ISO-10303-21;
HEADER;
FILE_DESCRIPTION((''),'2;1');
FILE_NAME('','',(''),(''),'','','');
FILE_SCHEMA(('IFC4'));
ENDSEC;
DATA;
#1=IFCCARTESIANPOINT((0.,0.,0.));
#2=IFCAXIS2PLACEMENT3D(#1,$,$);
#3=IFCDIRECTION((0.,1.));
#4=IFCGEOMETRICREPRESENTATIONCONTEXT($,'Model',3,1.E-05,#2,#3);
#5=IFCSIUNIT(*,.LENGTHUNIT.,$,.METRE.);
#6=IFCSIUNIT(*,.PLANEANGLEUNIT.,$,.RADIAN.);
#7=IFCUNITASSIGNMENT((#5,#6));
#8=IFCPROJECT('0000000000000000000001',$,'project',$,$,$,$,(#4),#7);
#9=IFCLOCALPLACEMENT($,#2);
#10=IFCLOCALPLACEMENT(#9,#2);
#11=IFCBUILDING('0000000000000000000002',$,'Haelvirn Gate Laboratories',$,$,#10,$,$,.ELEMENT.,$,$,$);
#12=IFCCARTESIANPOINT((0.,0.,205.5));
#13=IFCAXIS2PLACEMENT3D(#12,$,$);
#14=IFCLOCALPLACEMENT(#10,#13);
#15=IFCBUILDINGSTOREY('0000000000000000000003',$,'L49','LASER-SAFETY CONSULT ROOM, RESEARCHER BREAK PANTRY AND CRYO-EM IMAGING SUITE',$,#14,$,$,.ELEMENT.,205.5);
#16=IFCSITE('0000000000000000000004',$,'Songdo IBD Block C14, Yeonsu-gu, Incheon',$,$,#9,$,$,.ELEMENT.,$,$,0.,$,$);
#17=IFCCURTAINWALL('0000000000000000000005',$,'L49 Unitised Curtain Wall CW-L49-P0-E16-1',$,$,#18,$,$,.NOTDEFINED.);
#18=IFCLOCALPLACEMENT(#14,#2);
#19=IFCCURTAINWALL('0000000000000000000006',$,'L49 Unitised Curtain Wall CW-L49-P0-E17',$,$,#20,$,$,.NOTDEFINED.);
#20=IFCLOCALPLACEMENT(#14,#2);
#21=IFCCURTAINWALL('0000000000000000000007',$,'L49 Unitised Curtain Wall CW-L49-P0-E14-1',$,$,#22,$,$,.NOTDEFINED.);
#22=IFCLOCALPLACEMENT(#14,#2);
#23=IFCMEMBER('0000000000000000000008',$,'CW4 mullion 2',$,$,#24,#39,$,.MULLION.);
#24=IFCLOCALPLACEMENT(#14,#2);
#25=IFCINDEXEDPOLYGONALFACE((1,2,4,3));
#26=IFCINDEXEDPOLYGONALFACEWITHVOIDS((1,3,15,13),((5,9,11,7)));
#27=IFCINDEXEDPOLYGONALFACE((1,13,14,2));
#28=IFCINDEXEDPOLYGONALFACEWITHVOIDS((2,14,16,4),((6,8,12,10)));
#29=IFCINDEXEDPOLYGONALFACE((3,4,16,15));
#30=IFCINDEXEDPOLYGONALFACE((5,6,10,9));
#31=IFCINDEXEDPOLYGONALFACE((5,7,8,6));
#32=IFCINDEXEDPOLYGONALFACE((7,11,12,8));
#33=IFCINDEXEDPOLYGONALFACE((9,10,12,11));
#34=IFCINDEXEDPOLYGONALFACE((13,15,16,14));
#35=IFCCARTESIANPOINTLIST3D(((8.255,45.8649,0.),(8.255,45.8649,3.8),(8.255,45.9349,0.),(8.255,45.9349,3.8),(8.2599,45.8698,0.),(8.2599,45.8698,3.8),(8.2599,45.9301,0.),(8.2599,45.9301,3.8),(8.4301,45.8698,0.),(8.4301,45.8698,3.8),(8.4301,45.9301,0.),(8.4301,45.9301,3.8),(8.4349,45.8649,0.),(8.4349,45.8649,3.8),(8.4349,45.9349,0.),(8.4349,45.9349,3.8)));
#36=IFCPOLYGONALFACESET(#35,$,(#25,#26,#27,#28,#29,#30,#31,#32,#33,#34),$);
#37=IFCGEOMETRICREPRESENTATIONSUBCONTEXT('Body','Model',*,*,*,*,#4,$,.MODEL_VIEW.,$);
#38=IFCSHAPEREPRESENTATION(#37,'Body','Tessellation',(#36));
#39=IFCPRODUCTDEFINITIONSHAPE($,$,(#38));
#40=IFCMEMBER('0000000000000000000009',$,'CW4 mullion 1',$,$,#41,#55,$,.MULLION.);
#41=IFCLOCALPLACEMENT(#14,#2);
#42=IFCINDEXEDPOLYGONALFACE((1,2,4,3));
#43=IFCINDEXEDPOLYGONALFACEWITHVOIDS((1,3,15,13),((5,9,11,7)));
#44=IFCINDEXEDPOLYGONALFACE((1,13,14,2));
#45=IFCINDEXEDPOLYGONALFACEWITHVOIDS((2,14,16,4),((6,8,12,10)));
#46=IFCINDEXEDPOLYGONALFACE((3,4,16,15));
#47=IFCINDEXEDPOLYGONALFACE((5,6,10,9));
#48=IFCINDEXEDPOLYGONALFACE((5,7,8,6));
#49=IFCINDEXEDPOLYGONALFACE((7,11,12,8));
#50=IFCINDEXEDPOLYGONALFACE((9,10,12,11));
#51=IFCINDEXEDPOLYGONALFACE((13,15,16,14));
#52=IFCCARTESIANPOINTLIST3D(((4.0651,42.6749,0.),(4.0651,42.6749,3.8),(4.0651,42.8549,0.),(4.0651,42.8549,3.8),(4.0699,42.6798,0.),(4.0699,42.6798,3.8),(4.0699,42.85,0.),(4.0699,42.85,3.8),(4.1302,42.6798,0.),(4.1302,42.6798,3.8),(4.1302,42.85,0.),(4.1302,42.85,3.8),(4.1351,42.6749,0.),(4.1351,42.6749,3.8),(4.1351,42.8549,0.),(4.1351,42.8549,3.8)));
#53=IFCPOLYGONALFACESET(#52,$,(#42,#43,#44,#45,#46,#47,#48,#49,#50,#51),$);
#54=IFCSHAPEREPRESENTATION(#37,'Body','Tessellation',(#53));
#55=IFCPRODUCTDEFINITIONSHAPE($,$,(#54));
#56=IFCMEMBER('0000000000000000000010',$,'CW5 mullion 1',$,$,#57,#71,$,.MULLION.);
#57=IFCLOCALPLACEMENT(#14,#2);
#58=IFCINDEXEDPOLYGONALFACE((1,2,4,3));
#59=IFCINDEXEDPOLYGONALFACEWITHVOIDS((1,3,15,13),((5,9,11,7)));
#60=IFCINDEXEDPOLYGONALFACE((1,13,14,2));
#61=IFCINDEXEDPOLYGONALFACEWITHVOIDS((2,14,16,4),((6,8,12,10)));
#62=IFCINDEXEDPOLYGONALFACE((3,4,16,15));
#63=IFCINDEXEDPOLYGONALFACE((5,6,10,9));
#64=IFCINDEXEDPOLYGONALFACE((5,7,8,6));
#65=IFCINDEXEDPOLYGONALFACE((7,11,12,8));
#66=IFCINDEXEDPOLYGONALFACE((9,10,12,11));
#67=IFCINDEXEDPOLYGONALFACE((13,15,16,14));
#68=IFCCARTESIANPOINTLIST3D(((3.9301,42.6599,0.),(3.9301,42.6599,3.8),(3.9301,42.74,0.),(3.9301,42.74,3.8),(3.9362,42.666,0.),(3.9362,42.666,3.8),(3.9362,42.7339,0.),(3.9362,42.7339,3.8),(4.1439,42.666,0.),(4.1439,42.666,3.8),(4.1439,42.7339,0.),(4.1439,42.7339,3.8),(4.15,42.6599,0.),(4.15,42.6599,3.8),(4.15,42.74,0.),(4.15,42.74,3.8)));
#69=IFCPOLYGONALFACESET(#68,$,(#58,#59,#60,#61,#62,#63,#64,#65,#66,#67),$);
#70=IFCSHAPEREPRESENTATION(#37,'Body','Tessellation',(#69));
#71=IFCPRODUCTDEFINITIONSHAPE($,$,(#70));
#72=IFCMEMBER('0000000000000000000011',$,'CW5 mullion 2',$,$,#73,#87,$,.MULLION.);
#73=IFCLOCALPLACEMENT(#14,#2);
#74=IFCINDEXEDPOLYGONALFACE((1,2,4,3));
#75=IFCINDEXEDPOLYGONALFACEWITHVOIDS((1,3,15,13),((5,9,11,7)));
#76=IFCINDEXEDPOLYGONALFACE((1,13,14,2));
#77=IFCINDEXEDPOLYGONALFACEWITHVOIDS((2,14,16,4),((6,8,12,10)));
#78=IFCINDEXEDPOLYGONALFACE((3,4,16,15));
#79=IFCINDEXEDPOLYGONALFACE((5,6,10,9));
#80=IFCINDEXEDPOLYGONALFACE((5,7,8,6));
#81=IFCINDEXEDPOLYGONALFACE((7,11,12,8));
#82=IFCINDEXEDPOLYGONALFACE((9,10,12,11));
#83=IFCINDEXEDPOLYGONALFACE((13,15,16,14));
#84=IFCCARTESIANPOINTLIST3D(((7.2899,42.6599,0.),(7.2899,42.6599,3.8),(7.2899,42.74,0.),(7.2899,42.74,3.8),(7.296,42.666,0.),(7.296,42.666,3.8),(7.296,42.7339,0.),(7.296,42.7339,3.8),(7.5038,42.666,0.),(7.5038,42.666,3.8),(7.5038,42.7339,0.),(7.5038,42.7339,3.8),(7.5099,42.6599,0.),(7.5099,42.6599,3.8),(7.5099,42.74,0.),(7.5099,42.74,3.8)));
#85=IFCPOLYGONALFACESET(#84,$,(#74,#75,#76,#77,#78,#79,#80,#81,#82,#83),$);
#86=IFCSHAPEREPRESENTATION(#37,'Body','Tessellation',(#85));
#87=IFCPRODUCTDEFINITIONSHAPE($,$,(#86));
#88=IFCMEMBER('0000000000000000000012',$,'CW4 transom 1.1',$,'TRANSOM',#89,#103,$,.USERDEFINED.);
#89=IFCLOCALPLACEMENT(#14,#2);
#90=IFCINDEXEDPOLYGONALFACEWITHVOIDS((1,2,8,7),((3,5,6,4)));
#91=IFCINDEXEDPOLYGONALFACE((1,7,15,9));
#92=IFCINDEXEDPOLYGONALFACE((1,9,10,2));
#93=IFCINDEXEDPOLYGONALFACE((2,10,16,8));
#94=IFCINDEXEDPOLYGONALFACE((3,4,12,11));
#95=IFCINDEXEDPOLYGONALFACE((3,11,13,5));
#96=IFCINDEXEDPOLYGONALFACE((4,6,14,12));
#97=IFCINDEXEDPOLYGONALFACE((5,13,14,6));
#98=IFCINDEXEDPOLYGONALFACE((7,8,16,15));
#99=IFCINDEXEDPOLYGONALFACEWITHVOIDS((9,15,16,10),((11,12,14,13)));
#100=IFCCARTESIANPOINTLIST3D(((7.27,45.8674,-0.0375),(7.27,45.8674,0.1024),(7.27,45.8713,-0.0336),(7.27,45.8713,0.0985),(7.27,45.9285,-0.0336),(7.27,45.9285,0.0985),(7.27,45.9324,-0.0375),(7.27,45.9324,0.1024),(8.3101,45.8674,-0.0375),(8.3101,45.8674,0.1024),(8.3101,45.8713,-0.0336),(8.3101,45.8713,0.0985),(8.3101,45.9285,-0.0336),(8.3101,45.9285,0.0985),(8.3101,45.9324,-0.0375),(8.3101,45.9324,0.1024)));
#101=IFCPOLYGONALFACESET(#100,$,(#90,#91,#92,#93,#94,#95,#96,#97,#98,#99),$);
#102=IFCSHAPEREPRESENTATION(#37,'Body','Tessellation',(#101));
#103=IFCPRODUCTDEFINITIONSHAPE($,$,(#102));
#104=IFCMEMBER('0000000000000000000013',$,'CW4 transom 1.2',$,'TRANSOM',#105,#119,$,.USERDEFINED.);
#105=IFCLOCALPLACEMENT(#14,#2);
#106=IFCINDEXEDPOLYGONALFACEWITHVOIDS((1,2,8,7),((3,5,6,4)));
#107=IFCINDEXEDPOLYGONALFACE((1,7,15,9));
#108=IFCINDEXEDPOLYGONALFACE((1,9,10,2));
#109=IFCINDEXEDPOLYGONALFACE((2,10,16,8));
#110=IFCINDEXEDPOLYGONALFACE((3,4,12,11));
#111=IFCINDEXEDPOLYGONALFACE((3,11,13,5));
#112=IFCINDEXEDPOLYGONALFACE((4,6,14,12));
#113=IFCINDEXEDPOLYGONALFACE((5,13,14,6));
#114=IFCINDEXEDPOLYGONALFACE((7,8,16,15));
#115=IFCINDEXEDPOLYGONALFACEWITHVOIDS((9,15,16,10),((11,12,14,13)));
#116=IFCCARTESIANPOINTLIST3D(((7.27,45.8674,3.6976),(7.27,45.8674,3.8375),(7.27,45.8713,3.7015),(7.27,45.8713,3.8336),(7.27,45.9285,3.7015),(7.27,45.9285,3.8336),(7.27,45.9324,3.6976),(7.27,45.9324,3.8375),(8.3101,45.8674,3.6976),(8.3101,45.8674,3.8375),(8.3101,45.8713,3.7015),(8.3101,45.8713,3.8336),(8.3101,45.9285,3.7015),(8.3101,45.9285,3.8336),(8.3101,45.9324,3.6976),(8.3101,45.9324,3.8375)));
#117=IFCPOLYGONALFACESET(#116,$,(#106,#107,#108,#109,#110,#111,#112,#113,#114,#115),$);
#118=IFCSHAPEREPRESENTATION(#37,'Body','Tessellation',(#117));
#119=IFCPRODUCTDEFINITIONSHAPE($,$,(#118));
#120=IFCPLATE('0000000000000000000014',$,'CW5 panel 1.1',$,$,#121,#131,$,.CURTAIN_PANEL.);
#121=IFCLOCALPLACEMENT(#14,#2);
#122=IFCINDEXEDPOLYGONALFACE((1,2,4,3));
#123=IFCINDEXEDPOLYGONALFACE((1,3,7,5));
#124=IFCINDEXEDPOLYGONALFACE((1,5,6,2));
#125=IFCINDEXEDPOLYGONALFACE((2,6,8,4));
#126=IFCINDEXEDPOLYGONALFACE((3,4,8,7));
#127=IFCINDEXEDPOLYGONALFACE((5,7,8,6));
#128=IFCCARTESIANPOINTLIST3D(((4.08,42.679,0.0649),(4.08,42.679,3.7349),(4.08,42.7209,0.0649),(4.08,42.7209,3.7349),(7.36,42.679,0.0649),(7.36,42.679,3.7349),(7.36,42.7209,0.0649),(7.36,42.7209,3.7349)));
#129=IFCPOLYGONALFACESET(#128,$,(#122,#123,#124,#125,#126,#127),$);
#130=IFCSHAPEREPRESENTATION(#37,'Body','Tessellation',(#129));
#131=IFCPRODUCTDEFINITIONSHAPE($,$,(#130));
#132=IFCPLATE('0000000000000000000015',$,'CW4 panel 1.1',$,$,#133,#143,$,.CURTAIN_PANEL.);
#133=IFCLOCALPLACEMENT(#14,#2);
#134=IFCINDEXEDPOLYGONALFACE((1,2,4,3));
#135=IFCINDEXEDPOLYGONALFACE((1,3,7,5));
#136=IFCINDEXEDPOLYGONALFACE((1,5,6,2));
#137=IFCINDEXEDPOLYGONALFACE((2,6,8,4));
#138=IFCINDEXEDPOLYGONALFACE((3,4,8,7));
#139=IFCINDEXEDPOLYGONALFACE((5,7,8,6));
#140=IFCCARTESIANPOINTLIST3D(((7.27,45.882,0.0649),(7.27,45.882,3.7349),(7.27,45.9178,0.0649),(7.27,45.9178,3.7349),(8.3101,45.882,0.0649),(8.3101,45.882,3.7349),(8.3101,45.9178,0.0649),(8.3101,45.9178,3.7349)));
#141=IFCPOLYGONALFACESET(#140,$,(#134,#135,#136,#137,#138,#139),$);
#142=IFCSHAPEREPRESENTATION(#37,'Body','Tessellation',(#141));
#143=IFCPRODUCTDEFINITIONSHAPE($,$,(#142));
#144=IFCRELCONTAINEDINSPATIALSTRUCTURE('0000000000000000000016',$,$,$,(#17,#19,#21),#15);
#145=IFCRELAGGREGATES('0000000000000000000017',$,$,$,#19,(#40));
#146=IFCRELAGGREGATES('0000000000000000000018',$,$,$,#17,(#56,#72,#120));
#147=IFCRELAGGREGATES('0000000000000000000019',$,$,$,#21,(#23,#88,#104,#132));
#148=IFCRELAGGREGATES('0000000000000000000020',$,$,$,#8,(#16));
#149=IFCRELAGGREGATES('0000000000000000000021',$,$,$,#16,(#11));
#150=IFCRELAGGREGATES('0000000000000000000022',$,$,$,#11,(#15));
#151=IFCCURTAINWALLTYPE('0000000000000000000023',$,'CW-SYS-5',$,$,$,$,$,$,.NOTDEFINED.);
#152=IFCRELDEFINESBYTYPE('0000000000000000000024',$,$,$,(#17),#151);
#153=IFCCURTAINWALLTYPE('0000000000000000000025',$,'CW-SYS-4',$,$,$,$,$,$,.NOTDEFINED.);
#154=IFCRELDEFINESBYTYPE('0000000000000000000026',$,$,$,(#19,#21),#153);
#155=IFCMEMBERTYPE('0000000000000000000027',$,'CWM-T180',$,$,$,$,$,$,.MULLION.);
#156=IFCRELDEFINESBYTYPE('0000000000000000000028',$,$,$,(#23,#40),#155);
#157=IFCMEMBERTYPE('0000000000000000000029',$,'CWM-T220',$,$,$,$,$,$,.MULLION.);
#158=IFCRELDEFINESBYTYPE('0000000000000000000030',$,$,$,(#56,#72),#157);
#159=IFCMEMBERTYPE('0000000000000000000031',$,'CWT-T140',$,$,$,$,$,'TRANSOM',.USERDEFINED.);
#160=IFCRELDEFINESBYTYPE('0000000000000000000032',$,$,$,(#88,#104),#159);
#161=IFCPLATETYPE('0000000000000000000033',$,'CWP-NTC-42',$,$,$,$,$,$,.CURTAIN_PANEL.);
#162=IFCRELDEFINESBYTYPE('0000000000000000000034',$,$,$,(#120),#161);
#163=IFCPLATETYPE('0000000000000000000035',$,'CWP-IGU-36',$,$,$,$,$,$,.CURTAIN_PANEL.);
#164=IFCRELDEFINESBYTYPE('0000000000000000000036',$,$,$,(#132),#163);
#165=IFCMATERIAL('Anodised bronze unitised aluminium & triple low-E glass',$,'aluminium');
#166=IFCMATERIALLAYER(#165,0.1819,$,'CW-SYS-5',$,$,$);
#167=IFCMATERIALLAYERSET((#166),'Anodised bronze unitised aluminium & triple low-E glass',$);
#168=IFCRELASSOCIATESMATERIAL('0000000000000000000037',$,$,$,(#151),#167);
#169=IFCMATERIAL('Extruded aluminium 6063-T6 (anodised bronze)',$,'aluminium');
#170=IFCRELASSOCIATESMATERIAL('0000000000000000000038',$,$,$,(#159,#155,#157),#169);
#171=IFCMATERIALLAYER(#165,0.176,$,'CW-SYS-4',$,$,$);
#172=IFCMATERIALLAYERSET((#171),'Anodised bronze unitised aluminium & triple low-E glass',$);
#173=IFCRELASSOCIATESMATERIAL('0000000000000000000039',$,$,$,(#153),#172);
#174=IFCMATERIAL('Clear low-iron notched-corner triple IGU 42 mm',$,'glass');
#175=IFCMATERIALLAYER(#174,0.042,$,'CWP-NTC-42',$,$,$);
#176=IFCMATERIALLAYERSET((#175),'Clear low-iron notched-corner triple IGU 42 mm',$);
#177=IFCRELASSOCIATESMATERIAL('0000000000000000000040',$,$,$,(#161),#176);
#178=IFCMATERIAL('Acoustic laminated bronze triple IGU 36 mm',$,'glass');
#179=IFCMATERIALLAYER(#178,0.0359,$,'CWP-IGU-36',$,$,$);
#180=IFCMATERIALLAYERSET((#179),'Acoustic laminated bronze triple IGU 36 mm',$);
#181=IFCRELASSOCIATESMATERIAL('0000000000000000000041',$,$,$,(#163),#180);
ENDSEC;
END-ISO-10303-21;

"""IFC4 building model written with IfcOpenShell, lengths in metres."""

from ifc_helpers import new_model, si_unit, direction, frame, origin, origin_2d, place, context, subcontext, project, spatial, rectangle, hollow_rectangle, extrude, source, transform, mapped, material, layer, layer_set, material_profile, profile_set, type_object, type_shapes, element, aggregate, save


model = new_model("IFC4")

# Units and contexts
model_context = context("Model", 3, precision=1e-05, world=origin(), true_north=direction((0.0, 1.0)))
body_context = subcontext(model_context, "Body", "Model", "MODEL_VIEW")
ifc_project = project(units=[si_unit("LENGTHUNIT", "METRE"), si_unit("PLANEANGLEUNIT", "RADIAN")], contexts=[model_context])

# Site, building, storey
site_placement = place(None, origin())
site = spatial("IfcSite", under=ifc_project, at=site_placement, Name="Songdo IBD Block C14, Yeonsu-gu, Incheon", CompositionType="ELEMENT", RefElevation=0.0)
building_placement = place(site_placement, origin())
building = spatial("IfcBuilding", under=site, at=building_placement, Name="Haelvirn Gate Laboratories", CompositionType="ELEMENT")
storey_placement = place(building_placement, frame((0.0, 0.0, 205.5)))
storey = spatial("IfcBuildingStorey", under=building, at=storey_placement, Name="L49", Description="LASER-SAFETY CONSULT ROOM, RESEARCHER BREAK PANTRY AND CRYO-EM IMAGING SUITE", CompositionType="ELEMENT", Elevation=205.5)

# Curtain walls, member
ifc_material_1 = material(Name="Anodised bronze unitised aluminium & triple low-E glass", Category="aluminium")
ifc_layer_1 = layer(ifc_material_1, 0.1819, Name="CW-SYS-5")
ifc_layer_set_1 = layer_set([ifc_layer_1], Name="Anodised bronze unitised aluminium & triple low-E glass")
curtain_wall_type_1 = type_object("IfcCurtainWallType", Name="CW-SYS-5", PredefinedType="NOTDEFINED", material=ifc_layer_set_1)
curtain_wall_1_placement = place(storey_placement, origin())
curtain_wall_1 = element("IfcCurtainWall", 1, at=curtain_wall_1_placement, inside=storey, type_object=curtain_wall_type_1, Name="L49 Unitised Curtain Wall CW-L49-P0-E16-1", PredefinedType="NOTDEFINED")
ifc_material_2 = material(Name="Extruded aluminium 6063-T6 (anodised bronze)", Category="aluminium")
ifc_material_profile_1 = material_profile(ifc_material_2, hollow_rectangle(XDim=0.0649, YDim=0.1399, WallThickness=0.0039, at=origin_2d()), Name="CWT-140x65x4")
ifc_profile_set_1 = profile_set([ifc_material_profile_1], Name="Extruded aluminium 6063-T6 (anodised bronze)")
member_type_1 = type_object("IfcMemberType", Name="CWT-T140", ElementType="TRANSOM", PredefinedType="USERDEFINED", material=ifc_profile_set_1)
ifc_layer_2 = layer(ifc_material_1, 0.176, Name="CW-SYS-4")
ifc_layer_set_2 = layer_set([ifc_layer_2], Name="Anodised bronze unitised aluminium & triple low-E glass")
curtain_wall_type_2 = type_object("IfcCurtainWallType", Name="CW-SYS-4", PredefinedType="NOTDEFINED", material=ifc_layer_set_2)
curtain_wall_2_placement = place(storey_placement, origin())
curtain_wall_2 = element("IfcCurtainWall", 2, at=curtain_wall_2_placement, inside=storey, type_object=curtain_wall_type_2, Name="L49 Unitised Curtain Wall CW-L49-P0-E17", PredefinedType="NOTDEFINED")
curtain_wall_3_placement = place(storey_placement, origin())
curtain_wall_3 = element("IfcCurtainWall", 3, at=curtain_wall_3_placement, inside=storey, type_object=curtain_wall_type_2, Name="L49 Unitised Curtain Wall CW-L49-P0-E14-1", PredefinedType="NOTDEFINED")
ifc_material_profile_2 = material_profile(ifc_material_2, hollow_rectangle(XDim=0.0701, YDim=0.1799, WallThickness=0.0049, at=origin_2d()), Name="CWM-180x70x5")
ifc_profile_set_2 = profile_set([ifc_material_profile_2], Name="Extruded aluminium 6063-T6 (anodised bronze)")
member_type_2 = type_object("IfcMemberType", Name="CWM-T180", PredefinedType="MULLION", material=ifc_profile_set_2)
shared_shape_1 = source(origin(), body_context, "Body", "SweptSolid", [
    extrude(hollow_rectangle(XDim=0.0701, YDim=0.1799, WallThickness=0.0049, at=origin_2d()), origin(), (0.0, 0.0, 1.0), 3.8),
])
type_shapes(member_type_2, [shared_shape_1])
member_1_placement = place(storey_placement, frame((8.345, 45.8999, 0.0), z_axis=(0.0, 0.0, 1.0), x_axis=(0.0, 1.0, 0.0)))
member_1 = element("IfcMember", 4, at=member_1_placement, type_object=member_type_2, Name="CW4 mullion 2", PredefinedType="MULLION", context=body_context, shape_type="MappedRepresentation", body=[
    mapped(shared_shape_1, transform((0.0, 0.0, 0.0), scale=1.0)),
])

# Members
member_2_placement = place(storey_placement, frame((4.1001, 42.7649, 0.0), z_axis=(0.0, 0.0, 1.0), x_axis=(1.0, 0.0, 0.0)))
member_2 = element("IfcMember", 5, at=member_2_placement, type_object=member_type_2, Name="CW4 mullion 1", PredefinedType="MULLION", context=body_context, shape_type="MappedRepresentation", body=[
    mapped(shared_shape_1, transform((0.0, 0.0, 0.0), scale=1.0)),
])
aggregate(curtain_wall_2, [member_2])
ifc_material_profile_3 = material_profile(ifc_material_2, hollow_rectangle(XDim=0.0801, YDim=0.22, WallThickness=0.0061, at=origin_2d()), Name="CWM-220x80x6")
ifc_profile_set_3 = profile_set([ifc_material_profile_3], Name="Extruded aluminium 6063-T6 (anodised bronze)")
member_type_3 = type_object("IfcMemberType", Name="CWM-T220", PredefinedType="MULLION", material=ifc_profile_set_3)
shared_shape_2 = source(origin(), body_context, "Body", "SweptSolid", [
    extrude(hollow_rectangle(XDim=0.0801, YDim=0.22, WallThickness=0.0061, at=origin_2d()), origin(), (0.0, 0.0, 1.0), 3.8),
])
type_shapes(member_type_3, [shared_shape_2])
member_3_placement = place(storey_placement, frame((4.04, 42.7, 0.0), z_axis=(0.0, 0.0, 1.0), x_axis=(0.0, 1.0, 0.0)))
member_3 = element("IfcMember", 6, at=member_3_placement, type_object=member_type_3, Name="CW5 mullion 1", PredefinedType="MULLION", context=body_context, shape_type="MappedRepresentation", body=[
    mapped(shared_shape_2, transform((0.0, 0.0, 0.0), scale=1.0)),
])
member_4_placement = place(storey_placement, frame((7.3999, 42.7, 0.0), z_axis=(0.0, 0.0, 1.0), x_axis=(0.0, 1.0, 0.0)))
member_4 = element("IfcMember", 7, at=member_4_placement, type_object=member_type_3, Name="CW5 mullion 2", PredefinedType="MULLION", context=body_context, shape_type="MappedRepresentation", body=[
    mapped(shared_shape_2, transform((0.0, 0.0, 0.0), scale=1.0)),
])
shared_shape_3 = source(origin(), body_context, "Body", "SweptSolid", [
    extrude(hollow_rectangle(XDim=0.0649, YDim=0.1399, WallThickness=0.0039, at=origin_2d()), origin(), (0.0, 0.0, 1.0), 1.04),
])
member_5_placement = place(storey_placement, frame((7.27, 45.8999, 0.0325), z_axis=(1.0, 0.0, 0.0), x_axis=(0.0, 1.0, 0.0)))
member_5 = element("IfcMember", 8, at=member_5_placement, type_object=member_type_1, Name="CW4 transom 1.1", ObjectType="TRANSOM", PredefinedType="USERDEFINED", context=body_context, shape_type="MappedRepresentation", body=[
    mapped(shared_shape_3, transform((0.0, 0.0, 0.0), scale=1.0)),
])
member_6_placement = place(storey_placement, frame((7.27, 45.8999, 3.7676), z_axis=(1.0, 0.0, 0.0), x_axis=(0.0, 1.0, 0.0)))
member_6 = element("IfcMember", 9, at=member_6_placement, type_object=member_type_1, Name="CW4 transom 1.2", ObjectType="TRANSOM", PredefinedType="USERDEFINED", context=body_context, shape_type="MappedRepresentation", body=[
    mapped(shared_shape_3, transform((0.0, 0.0, 0.0), scale=1.0)),
])

# Plates
ifc_material_3 = material(Name="Clear low-iron notched-corner triple IGU 42 mm", Category="glass")
ifc_layer_3 = layer(ifc_material_3, 0.042, Name="CWP-NTC-42")
ifc_layer_set_3 = layer_set([ifc_layer_3], Name="Clear low-iron notched-corner triple IGU 42 mm")
plate_type_1 = type_object("IfcPlateType", Name="CWP-NTC-42", PredefinedType="CURTAIN_PANEL", material=ifc_layer_set_3)
shared_shape_4 = source(origin(), body_context, "Body", "SweptSolid", [
    extrude(rectangle(XDim=3.28, YDim=0.042, at=origin_2d()), origin(), (0.0, 0.0, 1.0), 3.6699),
])
type_shapes(plate_type_1, [shared_shape_4])
plate_1_placement = place(storey_placement, frame((5.72, 42.7, 0.0649), z_axis=(0.0, 0.0, 1.0), x_axis=(1.0, 0.0, 0.0)))
plate_1 = element("IfcPlate", 10, at=plate_1_placement, type_object=plate_type_1, Name="CW5 panel 1.1", PredefinedType="CURTAIN_PANEL", context=body_context, shape_type="MappedRepresentation", body=[
    mapped(shared_shape_4, transform((0.0, 0.0, 0.0), scale=1.0)),
])
aggregate(curtain_wall_1, [member_3, member_4, plate_1])
ifc_material_4 = material(Name="Acoustic laminated bronze triple IGU 36 mm", Category="glass")
ifc_layer_4 = layer(ifc_material_4, 0.0359, Name="CWP-IGU-36")
ifc_layer_set_4 = layer_set([ifc_layer_4], Name="Acoustic laminated bronze triple IGU 36 mm")
plate_type_2 = type_object("IfcPlateType", Name="CWP-IGU-36", PredefinedType="CURTAIN_PANEL", material=ifc_layer_set_4)
shared_shape_5 = source(origin(), body_context, "Body", "SweptSolid", [
    extrude(rectangle(XDim=1.04, YDim=0.0359, at=origin_2d()), origin(), (0.0, 0.0, 1.0), 3.6699),
])
type_shapes(plate_type_2, [shared_shape_5])
plate_2_placement = place(storey_placement, frame((7.79, 45.8999, 0.0649), z_axis=(0.0, 0.0, 1.0), x_axis=(1.0, 0.0, 0.0)))
plate_2 = element("IfcPlate", 11, at=plate_2_placement, type_object=plate_type_2, Name="CW4 panel 1.1", PredefinedType="CURTAIN_PANEL", context=body_context, shape_type="MappedRepresentation", body=[
    mapped(shared_shape_5, transform((0.0, 0.0, 0.0), scale=1.0)),
])
aggregate(curtain_wall_3, [member_1, member_5, member_6, plate_2])

save(model, "model.ifc")
